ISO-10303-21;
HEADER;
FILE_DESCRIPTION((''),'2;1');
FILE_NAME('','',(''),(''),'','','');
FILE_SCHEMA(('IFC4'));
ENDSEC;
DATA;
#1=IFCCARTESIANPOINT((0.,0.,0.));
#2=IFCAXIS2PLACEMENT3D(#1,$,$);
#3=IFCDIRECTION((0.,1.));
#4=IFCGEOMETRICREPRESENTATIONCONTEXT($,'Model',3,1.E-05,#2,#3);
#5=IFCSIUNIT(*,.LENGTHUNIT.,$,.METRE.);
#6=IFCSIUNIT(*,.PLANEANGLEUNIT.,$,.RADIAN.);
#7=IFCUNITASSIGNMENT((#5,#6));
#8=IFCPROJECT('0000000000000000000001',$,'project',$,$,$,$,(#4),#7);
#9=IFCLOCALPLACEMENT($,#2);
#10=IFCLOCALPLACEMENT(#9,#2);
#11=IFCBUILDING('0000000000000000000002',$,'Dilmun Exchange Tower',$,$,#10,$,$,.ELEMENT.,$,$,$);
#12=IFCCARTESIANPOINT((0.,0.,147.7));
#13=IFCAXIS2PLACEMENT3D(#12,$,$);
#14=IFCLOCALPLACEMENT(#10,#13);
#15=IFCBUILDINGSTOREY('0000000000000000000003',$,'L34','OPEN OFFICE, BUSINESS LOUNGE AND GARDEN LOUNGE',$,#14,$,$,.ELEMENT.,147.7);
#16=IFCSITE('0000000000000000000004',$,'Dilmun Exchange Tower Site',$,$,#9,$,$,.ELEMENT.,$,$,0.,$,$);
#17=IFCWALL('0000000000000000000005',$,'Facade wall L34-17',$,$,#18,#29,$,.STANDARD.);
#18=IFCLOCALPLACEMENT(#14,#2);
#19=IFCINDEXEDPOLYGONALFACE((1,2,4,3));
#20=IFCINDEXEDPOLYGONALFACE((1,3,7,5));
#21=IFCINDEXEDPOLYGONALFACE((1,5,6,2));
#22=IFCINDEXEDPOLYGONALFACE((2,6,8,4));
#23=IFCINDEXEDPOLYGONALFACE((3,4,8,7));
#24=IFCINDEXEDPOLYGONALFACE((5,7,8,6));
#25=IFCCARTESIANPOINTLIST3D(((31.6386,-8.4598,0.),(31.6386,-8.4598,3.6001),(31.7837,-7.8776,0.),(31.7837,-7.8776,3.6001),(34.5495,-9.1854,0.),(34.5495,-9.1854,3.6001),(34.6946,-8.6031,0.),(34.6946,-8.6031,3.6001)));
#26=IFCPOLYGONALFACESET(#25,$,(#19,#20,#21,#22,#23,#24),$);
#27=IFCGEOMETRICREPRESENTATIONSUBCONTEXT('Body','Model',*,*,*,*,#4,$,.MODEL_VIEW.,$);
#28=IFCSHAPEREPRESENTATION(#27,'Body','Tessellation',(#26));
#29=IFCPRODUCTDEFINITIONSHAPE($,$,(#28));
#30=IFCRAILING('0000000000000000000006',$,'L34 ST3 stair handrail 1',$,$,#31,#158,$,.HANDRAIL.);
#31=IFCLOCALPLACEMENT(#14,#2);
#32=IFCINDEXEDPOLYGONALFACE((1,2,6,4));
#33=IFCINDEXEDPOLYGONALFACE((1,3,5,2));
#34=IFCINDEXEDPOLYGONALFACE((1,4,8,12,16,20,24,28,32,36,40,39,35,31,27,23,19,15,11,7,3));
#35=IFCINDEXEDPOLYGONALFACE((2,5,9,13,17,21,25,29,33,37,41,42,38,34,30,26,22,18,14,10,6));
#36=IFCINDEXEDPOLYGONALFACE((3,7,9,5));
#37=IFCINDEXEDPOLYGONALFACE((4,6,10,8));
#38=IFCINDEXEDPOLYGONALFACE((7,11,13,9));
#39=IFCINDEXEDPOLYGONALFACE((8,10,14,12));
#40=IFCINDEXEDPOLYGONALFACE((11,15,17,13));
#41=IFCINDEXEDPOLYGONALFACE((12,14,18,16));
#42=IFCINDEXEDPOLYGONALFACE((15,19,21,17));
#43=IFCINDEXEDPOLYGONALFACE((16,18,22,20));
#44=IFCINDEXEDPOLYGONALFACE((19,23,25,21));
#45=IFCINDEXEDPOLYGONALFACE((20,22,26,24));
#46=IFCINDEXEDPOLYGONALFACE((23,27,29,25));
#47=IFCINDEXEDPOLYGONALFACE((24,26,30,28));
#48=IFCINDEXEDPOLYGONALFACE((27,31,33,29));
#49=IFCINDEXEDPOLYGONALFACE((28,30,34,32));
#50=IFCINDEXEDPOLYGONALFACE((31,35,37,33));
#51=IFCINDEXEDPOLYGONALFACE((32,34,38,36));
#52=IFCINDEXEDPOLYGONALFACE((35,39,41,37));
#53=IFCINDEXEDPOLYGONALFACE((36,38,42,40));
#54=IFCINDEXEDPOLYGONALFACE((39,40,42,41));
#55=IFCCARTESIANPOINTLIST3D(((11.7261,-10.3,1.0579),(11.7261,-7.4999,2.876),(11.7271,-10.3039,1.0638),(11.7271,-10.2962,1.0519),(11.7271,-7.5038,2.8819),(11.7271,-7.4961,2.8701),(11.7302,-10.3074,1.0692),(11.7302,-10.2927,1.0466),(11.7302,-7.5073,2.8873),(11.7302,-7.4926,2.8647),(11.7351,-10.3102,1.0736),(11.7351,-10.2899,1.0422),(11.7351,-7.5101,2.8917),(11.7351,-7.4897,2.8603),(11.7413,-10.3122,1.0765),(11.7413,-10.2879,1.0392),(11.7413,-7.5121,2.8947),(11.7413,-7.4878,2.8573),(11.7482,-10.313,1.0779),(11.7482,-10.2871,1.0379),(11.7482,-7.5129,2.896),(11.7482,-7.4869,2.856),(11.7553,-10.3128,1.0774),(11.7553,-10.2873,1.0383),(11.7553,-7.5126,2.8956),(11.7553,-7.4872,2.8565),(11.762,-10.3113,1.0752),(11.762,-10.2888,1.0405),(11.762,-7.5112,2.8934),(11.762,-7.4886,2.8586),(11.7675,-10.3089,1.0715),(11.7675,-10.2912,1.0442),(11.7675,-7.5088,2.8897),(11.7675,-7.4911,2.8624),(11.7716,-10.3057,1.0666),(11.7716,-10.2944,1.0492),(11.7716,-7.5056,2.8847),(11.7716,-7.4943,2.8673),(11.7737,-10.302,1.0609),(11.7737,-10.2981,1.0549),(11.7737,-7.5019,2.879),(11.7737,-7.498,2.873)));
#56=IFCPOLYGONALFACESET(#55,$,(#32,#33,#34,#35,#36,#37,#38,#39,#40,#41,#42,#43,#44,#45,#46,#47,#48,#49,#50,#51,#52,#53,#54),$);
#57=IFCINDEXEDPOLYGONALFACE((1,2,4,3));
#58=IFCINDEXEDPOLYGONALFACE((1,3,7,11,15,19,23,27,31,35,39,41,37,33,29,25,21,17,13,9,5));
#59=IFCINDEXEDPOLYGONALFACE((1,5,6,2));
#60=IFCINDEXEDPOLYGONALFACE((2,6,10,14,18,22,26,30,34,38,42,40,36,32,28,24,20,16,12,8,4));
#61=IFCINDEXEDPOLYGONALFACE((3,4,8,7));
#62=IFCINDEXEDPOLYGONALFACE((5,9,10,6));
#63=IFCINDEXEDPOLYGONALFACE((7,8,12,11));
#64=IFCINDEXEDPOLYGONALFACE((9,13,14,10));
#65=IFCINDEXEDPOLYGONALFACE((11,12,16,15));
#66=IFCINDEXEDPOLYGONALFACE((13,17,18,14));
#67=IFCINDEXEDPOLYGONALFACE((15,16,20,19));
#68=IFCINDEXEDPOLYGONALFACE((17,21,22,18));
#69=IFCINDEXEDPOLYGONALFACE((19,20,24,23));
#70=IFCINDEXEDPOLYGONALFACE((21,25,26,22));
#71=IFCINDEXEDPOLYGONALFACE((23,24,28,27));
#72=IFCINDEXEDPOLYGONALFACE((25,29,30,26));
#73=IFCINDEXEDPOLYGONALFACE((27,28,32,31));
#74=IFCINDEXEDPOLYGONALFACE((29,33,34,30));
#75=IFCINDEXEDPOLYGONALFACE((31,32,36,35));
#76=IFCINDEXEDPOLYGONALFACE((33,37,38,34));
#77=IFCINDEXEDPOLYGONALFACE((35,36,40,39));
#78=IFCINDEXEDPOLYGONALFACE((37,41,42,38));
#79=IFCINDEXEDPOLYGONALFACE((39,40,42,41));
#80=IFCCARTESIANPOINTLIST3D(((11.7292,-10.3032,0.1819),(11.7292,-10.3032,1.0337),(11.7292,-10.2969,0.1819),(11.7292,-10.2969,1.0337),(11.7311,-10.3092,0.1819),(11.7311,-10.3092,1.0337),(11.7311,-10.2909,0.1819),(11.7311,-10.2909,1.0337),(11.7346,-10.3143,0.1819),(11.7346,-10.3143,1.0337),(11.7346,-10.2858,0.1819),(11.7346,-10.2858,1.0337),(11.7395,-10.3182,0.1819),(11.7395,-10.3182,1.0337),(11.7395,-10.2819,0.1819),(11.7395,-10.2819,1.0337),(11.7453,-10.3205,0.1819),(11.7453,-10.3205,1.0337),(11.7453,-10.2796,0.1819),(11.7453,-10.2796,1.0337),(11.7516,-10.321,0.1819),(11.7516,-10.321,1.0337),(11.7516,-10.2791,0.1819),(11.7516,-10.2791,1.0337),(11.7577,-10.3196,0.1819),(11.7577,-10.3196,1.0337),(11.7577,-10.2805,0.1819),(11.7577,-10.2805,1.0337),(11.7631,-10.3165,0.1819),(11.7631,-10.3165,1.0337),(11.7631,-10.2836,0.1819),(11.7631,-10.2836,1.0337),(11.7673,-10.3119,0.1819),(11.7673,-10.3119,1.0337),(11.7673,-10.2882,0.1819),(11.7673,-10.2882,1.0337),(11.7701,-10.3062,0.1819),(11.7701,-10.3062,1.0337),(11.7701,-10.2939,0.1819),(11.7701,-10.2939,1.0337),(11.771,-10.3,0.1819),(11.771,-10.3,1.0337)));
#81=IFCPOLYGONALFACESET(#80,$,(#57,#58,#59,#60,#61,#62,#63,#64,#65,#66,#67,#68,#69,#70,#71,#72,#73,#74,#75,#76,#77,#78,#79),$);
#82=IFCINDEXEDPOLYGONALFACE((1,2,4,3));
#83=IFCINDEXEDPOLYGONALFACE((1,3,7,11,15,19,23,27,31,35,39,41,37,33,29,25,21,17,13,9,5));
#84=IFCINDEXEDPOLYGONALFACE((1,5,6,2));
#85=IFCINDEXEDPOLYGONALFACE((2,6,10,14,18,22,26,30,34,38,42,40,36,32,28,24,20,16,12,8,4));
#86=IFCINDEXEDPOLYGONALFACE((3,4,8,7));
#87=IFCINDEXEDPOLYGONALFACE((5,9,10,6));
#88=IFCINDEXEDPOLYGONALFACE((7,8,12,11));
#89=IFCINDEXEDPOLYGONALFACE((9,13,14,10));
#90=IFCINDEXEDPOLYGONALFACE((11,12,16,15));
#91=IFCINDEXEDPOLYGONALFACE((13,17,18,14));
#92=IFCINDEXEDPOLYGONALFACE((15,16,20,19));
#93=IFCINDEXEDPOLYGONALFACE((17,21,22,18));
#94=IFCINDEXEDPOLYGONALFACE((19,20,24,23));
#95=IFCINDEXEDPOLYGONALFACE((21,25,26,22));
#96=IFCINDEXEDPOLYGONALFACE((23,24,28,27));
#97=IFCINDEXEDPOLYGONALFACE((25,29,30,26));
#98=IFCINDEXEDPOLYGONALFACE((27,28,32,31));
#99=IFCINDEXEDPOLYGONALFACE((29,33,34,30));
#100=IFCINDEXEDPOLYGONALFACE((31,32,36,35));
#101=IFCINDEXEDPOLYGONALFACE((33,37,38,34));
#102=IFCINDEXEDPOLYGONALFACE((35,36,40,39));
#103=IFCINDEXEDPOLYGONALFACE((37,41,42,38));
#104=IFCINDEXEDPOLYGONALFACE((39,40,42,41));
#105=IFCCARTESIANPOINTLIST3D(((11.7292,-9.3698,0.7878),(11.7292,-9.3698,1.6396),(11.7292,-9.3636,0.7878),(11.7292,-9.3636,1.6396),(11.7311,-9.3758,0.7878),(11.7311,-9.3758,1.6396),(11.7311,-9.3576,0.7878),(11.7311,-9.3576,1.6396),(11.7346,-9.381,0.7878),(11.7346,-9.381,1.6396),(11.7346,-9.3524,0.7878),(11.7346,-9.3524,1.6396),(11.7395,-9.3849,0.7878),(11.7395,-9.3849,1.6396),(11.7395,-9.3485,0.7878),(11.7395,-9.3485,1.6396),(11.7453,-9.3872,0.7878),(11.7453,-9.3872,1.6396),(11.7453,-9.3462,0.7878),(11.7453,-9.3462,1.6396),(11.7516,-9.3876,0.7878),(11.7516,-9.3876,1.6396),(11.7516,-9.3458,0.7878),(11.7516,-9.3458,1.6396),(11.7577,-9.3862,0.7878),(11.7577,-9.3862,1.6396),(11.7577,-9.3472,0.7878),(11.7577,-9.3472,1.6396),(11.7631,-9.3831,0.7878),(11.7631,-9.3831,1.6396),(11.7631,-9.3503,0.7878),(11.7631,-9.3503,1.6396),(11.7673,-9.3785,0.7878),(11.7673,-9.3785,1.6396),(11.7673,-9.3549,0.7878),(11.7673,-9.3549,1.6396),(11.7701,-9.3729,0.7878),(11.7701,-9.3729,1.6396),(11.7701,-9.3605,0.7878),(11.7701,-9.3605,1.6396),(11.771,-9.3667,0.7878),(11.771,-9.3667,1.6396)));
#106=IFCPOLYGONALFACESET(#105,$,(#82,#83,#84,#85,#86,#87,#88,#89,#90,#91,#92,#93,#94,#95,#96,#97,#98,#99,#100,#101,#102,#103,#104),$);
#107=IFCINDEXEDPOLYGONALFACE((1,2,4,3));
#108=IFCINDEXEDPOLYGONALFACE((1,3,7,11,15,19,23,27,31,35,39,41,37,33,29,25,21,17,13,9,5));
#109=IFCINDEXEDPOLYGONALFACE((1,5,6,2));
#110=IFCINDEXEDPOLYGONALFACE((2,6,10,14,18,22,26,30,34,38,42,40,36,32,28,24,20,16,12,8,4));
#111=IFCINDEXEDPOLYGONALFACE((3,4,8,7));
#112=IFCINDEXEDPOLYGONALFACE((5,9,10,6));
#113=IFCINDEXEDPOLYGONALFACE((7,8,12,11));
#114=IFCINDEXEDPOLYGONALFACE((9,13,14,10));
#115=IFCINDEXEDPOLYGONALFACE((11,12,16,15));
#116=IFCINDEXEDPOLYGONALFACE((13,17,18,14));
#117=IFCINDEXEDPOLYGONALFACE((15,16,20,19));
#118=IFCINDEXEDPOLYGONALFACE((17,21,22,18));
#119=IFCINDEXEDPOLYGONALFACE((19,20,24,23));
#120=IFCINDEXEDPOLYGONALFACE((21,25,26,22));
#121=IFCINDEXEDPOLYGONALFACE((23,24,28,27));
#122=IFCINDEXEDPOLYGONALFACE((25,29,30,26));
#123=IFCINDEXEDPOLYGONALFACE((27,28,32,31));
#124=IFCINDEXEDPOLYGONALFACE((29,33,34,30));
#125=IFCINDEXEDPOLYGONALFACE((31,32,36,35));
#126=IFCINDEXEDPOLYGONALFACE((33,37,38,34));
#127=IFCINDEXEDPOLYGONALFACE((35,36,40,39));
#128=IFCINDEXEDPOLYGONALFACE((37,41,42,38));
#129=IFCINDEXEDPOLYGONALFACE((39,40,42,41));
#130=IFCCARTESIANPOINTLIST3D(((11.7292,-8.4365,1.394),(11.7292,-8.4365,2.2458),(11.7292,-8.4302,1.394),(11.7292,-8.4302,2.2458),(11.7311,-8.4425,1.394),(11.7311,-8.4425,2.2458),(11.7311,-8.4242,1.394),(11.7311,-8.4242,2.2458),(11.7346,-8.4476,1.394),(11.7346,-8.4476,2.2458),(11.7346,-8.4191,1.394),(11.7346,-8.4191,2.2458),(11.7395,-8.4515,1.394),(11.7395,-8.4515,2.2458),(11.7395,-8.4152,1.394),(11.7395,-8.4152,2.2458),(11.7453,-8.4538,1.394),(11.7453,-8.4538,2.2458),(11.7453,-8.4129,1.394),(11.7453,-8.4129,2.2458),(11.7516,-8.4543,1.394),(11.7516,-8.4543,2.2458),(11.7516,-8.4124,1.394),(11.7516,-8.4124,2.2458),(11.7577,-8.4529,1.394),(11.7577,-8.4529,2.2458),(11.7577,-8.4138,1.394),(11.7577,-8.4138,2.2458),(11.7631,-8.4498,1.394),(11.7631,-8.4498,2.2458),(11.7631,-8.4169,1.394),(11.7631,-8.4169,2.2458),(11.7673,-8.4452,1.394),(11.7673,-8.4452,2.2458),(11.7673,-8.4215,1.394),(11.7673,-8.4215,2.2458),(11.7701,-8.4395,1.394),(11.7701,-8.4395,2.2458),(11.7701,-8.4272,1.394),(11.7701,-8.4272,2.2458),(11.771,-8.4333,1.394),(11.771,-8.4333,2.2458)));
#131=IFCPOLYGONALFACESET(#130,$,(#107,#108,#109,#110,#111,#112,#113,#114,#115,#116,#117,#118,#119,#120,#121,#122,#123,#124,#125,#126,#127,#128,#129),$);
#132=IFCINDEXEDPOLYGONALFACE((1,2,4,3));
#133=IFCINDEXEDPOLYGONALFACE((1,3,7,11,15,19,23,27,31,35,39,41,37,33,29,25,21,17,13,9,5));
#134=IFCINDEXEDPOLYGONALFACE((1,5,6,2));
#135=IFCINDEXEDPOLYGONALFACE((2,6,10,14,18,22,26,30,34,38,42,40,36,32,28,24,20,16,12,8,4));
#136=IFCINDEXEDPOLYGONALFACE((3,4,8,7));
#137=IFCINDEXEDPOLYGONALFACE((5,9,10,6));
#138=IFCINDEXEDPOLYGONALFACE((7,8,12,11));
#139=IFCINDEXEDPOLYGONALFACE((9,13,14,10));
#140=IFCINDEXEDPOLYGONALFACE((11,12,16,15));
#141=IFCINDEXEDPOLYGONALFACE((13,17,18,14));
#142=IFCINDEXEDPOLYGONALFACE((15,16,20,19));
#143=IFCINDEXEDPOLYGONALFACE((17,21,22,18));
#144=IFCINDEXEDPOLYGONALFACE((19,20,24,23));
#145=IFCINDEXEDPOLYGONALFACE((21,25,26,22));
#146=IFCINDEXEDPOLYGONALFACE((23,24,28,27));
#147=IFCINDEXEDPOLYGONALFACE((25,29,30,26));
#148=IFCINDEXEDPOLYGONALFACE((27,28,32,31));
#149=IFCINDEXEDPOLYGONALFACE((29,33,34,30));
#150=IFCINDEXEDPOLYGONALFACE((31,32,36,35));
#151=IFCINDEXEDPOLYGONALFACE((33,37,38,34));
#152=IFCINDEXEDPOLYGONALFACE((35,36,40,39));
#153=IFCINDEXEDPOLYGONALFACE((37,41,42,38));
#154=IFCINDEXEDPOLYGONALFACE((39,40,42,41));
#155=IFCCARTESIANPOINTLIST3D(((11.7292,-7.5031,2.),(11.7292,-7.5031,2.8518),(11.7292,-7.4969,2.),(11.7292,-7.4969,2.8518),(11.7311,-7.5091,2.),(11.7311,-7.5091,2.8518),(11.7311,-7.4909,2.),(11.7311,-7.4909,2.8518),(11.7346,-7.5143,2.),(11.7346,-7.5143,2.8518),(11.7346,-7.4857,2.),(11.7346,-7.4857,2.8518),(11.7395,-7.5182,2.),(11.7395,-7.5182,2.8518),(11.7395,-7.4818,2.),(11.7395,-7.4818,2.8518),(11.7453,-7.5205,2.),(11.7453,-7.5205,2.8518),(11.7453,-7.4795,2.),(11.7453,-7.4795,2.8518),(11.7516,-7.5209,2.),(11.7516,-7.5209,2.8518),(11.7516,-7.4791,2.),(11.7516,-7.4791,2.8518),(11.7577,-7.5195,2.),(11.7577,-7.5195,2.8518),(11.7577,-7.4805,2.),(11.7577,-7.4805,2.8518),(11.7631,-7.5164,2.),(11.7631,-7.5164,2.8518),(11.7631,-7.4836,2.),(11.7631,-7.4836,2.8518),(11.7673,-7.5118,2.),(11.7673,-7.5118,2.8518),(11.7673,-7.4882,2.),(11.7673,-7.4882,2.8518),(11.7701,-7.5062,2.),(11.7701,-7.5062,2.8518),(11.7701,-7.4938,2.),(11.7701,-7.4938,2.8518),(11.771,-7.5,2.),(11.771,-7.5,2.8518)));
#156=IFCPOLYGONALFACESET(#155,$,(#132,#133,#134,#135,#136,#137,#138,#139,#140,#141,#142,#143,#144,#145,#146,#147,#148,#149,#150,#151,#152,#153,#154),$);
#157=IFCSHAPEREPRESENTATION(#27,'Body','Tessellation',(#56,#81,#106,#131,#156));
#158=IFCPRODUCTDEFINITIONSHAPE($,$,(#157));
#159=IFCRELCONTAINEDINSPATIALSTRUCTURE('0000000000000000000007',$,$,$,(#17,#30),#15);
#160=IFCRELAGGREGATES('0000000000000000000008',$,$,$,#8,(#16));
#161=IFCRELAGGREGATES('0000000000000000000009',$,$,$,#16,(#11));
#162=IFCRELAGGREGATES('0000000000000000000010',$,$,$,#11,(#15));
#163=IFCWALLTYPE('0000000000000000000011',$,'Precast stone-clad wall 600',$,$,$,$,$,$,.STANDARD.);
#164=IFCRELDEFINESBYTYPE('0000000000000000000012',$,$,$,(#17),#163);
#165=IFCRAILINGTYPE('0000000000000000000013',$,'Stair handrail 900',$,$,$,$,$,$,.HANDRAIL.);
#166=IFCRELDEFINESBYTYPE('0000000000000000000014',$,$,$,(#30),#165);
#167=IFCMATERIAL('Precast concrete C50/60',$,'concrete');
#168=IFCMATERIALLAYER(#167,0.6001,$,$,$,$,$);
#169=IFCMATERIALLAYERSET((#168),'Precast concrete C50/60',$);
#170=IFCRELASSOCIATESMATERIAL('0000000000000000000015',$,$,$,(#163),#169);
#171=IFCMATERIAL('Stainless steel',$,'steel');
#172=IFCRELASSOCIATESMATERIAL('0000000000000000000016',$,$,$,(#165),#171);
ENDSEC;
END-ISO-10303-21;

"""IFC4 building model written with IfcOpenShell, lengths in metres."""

from ifc_helpers import new_model, si_unit, direction, frame, frame_2d, origin, origin_2d, place, context, subcontext, project, spatial, rectangle, circle, extrude, material, layer, layer_set, type_object, element, save


model = new_model("IFC4")

# Units and contexts
model_context = context("Model", 3, precision=1e-05, world=origin(), true_north=direction((0.0, 1.0)))
body_context = subcontext(model_context, "Body", "Model", "MODEL_VIEW")
ifc_project = project(units=[si_unit("LENGTHUNIT", "METRE"), si_unit("PLANEANGLEUNIT", "RADIAN")], contexts=[model_context])

# Site, building, storey
site_placement = place(None, origin())
site = spatial("IfcSite", under=ifc_project, at=site_placement, Name="Dilmun Exchange Tower Site", CompositionType="ELEMENT", RefElevation=0.0)
building_placement = place(site_placement, origin())
building = spatial("IfcBuilding", under=site, at=building_placement, Name="Dilmun Exchange Tower", CompositionType="ELEMENT")
storey_placement = place(building_placement, frame((0.0, 0.0, 147.7)))
storey = spatial("IfcBuildingStorey", under=building, at=storey_placement, Name="L34", Description="OPEN OFFICE, BUSINESS LOUNGE AND GARDEN LOUNGE", CompositionType="ELEMENT", Elevation=147.7)

# Wall
ifc_material_1 = material(Name="Precast concrete C50/60", Category="concrete")
ifc_layer_1 = layer(ifc_material_1, 0.6001)
ifc_layer_set_1 = layer_set([ifc_layer_1], Name="Precast concrete C50/60")
wall_type_1 = type_object("IfcWallType", Name="Precast stone-clad wall 600", PredefinedType="STANDARD", material=ifc_layer_set_1)
wall_1_placement = place(storey_placement, frame((34.6221, -8.8943, 0.0), z_axis=(0.0, 0.0, 1.0), x_axis=(-0.97031, 0.241865, 0.0)))
element("IfcWall", 1, at=wall_1_placement, inside=storey, type_object=wall_type_1, Name="Facade wall L34-17", PredefinedType="STANDARD", context=body_context, shape_type="SweptSolid", body=[
    extrude(rectangle(XDim=3.0, YDim=0.6001, at=frame_2d((1.5, 0.0))), origin(), (0.0, 0.0, 1.0), 3.6001),
])

# Railing
ifc_material_2 = material(Name="Stainless steel", Category="steel")
railing_type = type_object("IfcRailingType", Name="Stair handrail 900", PredefinedType="HANDRAIL", material=ifc_material_2)
railing_placement = place(storey_placement, frame((11.75, -10.3, 0.1819)))
element("IfcRailing", 2, at=railing_placement, inside=storey, type_object=railing_type, Name="L34 ST3 stair handrail 1", PredefinedType="HANDRAIL", context=body_context, shape_type="SweptSolid", body=[
    extrude(circle(Radius=0.0239, at=origin_2d()), frame((0.0, 0.0, 0.876), z_axis=(0.0, 0.838706, 0.544585), x_axis=(-1.0, 0.0, 0.0)), (0.0, 0.0, 1.0), 3.3386),
    extrude(circle(Radius=0.021, at=origin_2d()), origin(), (0.0, 0.0, 1.0), 0.8518),
    extrude(circle(Radius=0.021, at=origin_2d()), frame((0.0, 0.9333, 0.606)), (0.0, 0.0, 1.0), 0.8518),
    extrude(circle(Radius=0.021, at=origin_2d()), frame((0.0, 1.8667, 1.2122)), (0.0, 0.0, 1.0), 0.8518),
    extrude(circle(Radius=0.021, at=origin_2d()), frame((0.0, 2.8, 1.8181)), (0.0, 0.0, 1.0), 0.8518),
])

save(model, "model.ifc")
